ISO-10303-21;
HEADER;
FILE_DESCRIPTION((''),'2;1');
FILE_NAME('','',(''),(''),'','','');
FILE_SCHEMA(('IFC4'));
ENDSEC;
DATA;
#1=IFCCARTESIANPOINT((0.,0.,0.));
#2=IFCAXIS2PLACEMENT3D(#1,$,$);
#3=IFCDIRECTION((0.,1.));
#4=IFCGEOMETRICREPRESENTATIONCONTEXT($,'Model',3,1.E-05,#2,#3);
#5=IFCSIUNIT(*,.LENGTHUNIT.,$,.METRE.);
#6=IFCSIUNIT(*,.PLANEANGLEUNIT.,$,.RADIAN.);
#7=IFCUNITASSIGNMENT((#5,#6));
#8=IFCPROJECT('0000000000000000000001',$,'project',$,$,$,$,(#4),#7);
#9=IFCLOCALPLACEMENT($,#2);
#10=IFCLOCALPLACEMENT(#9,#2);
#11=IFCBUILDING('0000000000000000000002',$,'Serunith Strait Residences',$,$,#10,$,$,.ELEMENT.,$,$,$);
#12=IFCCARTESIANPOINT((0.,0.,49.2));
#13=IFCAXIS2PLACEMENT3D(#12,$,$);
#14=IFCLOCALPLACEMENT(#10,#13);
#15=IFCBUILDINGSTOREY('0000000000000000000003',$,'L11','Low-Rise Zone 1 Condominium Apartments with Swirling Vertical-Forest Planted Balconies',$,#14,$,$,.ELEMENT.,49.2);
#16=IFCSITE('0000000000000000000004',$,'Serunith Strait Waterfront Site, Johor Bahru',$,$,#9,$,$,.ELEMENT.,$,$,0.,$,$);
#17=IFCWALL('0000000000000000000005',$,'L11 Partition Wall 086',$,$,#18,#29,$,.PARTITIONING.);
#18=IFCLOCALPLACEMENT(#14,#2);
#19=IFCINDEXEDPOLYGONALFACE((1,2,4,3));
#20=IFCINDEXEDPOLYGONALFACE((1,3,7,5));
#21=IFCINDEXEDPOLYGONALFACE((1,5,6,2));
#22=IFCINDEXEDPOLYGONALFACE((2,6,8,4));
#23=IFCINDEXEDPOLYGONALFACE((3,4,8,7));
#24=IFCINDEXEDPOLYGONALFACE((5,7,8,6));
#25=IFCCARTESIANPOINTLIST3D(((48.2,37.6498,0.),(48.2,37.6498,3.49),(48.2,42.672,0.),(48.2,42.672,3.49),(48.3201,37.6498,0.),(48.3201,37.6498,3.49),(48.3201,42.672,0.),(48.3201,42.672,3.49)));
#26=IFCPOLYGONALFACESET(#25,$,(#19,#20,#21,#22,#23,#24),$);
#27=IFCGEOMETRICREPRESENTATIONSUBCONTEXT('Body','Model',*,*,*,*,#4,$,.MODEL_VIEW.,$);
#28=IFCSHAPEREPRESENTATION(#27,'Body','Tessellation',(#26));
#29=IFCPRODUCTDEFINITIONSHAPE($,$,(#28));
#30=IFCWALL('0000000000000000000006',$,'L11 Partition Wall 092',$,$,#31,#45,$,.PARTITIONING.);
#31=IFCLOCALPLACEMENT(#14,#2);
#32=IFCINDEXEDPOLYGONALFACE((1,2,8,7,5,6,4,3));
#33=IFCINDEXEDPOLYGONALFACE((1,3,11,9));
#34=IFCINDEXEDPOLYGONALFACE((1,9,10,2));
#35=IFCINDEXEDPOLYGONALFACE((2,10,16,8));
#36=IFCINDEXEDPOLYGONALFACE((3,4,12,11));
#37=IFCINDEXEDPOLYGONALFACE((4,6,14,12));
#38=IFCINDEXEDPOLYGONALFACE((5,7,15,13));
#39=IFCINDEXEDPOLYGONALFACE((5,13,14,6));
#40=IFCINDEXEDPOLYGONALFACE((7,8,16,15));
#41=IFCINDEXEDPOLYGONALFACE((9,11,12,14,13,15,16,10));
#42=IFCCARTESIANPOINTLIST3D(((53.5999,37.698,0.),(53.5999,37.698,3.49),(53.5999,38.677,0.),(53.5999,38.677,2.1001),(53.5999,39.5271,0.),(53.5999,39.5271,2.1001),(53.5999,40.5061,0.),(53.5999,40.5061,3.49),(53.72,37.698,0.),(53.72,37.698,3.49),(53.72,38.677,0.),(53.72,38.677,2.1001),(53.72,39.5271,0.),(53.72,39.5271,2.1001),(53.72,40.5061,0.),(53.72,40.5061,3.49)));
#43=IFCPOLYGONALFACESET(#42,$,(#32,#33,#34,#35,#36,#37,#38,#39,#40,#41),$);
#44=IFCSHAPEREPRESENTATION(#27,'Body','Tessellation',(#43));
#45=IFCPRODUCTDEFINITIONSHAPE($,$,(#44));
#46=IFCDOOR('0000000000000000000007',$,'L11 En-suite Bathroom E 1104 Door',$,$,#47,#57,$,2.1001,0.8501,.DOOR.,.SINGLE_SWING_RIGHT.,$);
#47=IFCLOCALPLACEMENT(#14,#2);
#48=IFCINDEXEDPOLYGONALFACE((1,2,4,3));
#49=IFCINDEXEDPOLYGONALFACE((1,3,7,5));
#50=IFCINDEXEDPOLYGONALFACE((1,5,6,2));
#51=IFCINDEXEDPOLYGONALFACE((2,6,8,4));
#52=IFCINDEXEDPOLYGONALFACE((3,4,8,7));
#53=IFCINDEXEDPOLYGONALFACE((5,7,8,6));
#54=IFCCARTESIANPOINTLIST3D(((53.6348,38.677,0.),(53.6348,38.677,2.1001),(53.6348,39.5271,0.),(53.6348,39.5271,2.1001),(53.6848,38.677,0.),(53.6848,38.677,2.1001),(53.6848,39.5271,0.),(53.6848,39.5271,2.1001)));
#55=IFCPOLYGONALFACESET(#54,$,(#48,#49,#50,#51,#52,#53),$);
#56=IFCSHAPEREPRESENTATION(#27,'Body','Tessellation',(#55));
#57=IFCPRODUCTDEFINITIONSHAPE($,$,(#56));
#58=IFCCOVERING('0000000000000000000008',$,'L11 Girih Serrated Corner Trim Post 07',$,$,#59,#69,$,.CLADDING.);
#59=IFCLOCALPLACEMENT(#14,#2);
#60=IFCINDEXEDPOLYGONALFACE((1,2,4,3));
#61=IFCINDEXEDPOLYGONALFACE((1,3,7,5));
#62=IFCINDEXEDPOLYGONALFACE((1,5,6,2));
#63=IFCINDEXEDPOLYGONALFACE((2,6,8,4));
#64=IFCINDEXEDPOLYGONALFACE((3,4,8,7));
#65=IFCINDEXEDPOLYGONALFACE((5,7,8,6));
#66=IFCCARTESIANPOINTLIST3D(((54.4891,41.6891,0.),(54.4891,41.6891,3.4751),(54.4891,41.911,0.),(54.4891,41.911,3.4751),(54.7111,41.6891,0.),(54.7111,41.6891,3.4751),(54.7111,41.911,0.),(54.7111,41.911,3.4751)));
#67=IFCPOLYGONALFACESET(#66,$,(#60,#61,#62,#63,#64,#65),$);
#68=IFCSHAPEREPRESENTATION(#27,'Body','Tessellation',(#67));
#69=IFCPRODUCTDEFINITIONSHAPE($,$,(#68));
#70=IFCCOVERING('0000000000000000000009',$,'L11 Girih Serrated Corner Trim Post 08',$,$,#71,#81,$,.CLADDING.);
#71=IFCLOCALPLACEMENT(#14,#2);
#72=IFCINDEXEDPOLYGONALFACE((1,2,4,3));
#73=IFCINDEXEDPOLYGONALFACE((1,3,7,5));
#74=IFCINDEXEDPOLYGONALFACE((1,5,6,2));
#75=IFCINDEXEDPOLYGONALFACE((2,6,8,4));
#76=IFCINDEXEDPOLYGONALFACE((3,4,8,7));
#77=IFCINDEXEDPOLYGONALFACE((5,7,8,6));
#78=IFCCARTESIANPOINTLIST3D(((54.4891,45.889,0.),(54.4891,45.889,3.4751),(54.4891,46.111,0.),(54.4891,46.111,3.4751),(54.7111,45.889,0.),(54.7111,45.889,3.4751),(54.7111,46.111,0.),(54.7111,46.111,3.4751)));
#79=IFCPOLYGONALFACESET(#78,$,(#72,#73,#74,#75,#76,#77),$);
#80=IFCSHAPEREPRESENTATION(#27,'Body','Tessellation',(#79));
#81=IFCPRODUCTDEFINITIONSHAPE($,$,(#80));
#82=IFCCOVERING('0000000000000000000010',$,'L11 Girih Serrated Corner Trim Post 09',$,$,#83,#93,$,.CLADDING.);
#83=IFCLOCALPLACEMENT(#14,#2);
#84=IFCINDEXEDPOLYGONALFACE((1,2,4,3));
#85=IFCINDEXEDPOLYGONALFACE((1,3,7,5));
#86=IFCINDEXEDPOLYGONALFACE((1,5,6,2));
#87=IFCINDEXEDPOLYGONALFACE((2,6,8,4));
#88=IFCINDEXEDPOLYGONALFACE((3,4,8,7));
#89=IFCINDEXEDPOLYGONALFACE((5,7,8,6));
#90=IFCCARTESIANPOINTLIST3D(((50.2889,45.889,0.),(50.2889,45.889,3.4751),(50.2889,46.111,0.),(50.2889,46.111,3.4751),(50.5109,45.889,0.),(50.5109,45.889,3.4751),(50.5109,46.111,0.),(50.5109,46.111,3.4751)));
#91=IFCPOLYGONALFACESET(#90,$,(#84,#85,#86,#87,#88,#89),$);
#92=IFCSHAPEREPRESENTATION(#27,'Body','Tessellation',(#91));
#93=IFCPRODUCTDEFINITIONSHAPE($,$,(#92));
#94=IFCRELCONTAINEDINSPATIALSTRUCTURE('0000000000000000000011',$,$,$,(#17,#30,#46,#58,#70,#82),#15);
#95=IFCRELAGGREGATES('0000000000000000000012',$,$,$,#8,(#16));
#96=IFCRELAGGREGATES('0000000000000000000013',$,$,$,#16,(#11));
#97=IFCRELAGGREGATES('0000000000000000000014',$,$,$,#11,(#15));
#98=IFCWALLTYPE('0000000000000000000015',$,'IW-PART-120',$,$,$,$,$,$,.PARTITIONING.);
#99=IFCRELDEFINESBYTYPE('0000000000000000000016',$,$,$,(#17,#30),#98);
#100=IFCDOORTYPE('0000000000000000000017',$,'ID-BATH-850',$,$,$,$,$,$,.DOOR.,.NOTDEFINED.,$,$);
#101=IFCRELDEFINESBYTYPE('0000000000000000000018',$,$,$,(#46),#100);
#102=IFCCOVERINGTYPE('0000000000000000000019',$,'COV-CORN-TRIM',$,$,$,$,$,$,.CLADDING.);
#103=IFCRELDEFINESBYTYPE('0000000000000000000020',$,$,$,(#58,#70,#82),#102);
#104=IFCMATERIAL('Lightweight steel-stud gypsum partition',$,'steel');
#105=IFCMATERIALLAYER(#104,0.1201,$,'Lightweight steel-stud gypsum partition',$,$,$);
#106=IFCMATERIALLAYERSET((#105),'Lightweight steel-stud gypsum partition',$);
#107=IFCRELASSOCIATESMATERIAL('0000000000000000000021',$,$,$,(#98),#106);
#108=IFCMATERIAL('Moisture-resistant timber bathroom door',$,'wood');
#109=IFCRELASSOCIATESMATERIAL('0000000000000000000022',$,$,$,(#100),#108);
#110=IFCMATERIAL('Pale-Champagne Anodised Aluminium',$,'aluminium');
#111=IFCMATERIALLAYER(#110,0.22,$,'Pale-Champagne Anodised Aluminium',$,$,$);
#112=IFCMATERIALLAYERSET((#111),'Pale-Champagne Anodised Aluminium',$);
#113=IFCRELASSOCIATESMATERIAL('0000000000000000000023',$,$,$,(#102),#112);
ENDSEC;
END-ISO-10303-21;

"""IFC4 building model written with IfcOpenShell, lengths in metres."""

from ifc_helpers import new_model, si_unit, direction, frame, frame_2d, origin, origin_2d, place, context, subcontext, project, spatial, rectangle, extrude, source, transform, mapped, material, layer, layer_set, type_object, element, fill, save


model = new_model("IFC4")

# Units and contexts
model_context = context("Model", 3, precision=1e-05, world=origin(), true_north=direction((0.0, 1.0)))
body_context = subcontext(model_context, "Body", "Model", "MODEL_VIEW")
ifc_project = project(units=[si_unit("LENGTHUNIT", "METRE"), si_unit("PLANEANGLEUNIT", "RADIAN")], contexts=[model_context])

# Site, building, storey
site_placement = place(None, origin())
site = spatial("IfcSite", under=ifc_project, at=site_placement, Name="Serunith Strait Waterfront Site, Johor Bahru", CompositionType="ELEMENT", RefElevation=0.0)
building_placement = place(site_placement, origin())
building = spatial("IfcBuilding", under=site, at=building_placement, Name="Serunith Strait Residences", CompositionType="ELEMENT")
storey_placement = place(building_placement, frame((0.0, 0.0, 49.2)))
storey = spatial("IfcBuildingStorey", under=building, at=storey_placement, Name="L11", Description="Low-Rise Zone 1 Condominium Apartments with Swirling Vertical-Forest Planted Balconies", CompositionType="ELEMENT", Elevation=49.2)

# Shared definitions
ifc_material_1 = material(Name="Pale-Champagne Anodised Aluminium", Category="aluminium")

# Shared definitions
ifc_material_2 = material(Name="Lightweight steel-stud gypsum partition", Category="steel")
ifc_layer_1 = layer(ifc_material_2, 0.1201, Name="Lightweight steel-stud gypsum partition")
ifc_layer_set_1 = layer_set([ifc_layer_1], Name="Lightweight steel-stud gypsum partition")
wall_type_1 = type_object("IfcWallType", Name="IW-PART-120", PredefinedType="PARTITIONING", material=ifc_layer_set_1)

# Wall
wall_1_placement = place(storey_placement, frame((48.26, 42.6721, 0.0), z_axis=(0.0, 0.0, 1.0), x_axis=(0.0, -1.0, 0.0)))
element("IfcWall", 1, at=wall_1_placement, inside=storey, type_object=wall_type_1, Name="L11 Partition Wall 086", PredefinedType="PARTITIONING", context=body_context, shape_type="SweptSolid", body=[
    extrude(rectangle(XDim=5.0222, YDim=0.1201, at=frame_2d((2.5112, 0.0))), origin(), (0.0, 0.0, 1.0), 3.49),
])

# Wall, opening, door
wall_2_placement = place(storey_placement, frame((53.6599, 40.5061, 0.0), z_axis=(0.0, 0.0, 1.0), x_axis=(0.0, -1.0, 0.0)))
wall_2 = element("IfcWall", 2, at=wall_2_placement, inside=storey, type_object=wall_type_1, Name="L11 Partition Wall 092", PredefinedType="PARTITIONING", context=body_context, shape_type="SweptSolid", body=[
    extrude(rectangle(XDim=2.8081, YDim=0.1201, at=frame_2d((1.4041, 0.0))), origin(), (0.0, 0.0, 1.0), 3.49),
])
opening_1_placement = place(wall_2_placement, frame((0.979, 0.0, 0.0)))
opening_1 = element("IfcOpeningElement", 3, at=opening_1_placement, cuts=wall_2, PredefinedType="OPENING", context=body_context, shape_type="SweptSolid", body=[
    extrude(rectangle(XDim=0.8501, YDim=2.1001, at=frame_2d((0.425, 1.05))), frame((0.0, 0.0701, 0.0), z_axis=(0.0, -1.0, 0.0), x_axis=(1.0, 0.0, 0.0)), (0.0, 0.0, 1.0), 0.1401),
])
ifc_material_3 = material(Name="Moisture-resistant timber bathroom door", Category="wood")
door_type_1 = type_object("IfcDoorType", Name="ID-BATH-850", OperationType="NOTDEFINED", PredefinedType="DOOR", material=ifc_material_3)
shared_shape_1 = source(origin(), body_context, "Body", "SweptSolid", [
    extrude(rectangle(XDim=0.8501, YDim=2.1001, at=frame_2d((0.425, 1.05))), frame((0.0, 0.0249, 0.0), z_axis=(0.0, -1.0, 0.0), x_axis=(1.0, 0.0, 0.0)), (0.0, 0.0, 1.0), 0.05),
])
door_1_placement = place(opening_1_placement, origin())
door_1 = element("IfcDoor", 4, at=door_1_placement, inside=storey, type_object=door_type_1, Name="L11 En-suite Bathroom E 1104 Door", OperationType="SINGLE_SWING_RIGHT", OverallHeight=2.1001, OverallWidth=0.8501, PredefinedType="DOOR", context=body_context, shape_type="MappedRepresentation", body=[
    mapped(shared_shape_1, transform((0.0, 0.0, 0.0), scale=1.0)),
])
fill(opening_1, door_1)

# Coverings
ifc_layer_2 = layer(ifc_material_1, 0.22, Name="Pale-Champagne Anodised Aluminium")
ifc_layer_set_2 = layer_set([ifc_layer_2], Name="Pale-Champagne Anodised Aluminium")
covering_type = type_object("IfcCoveringType", Name="COV-CORN-TRIM", PredefinedType="CLADDING", material=ifc_layer_set_2)
shared_shape_2 = source(origin(), body_context, "Body", "SweptSolid", [
    extrude(rectangle(XDim=0.2219, YDim=0.2219, at=origin_2d()), origin(), (0.0, 0.0, 1.0), 3.4751),
])
for number, where, z_axis, x_axis, name in (
    (5, (54.6001, 41.8, 0.0), (0.0, 0.0, 1.0), (1.0, 0.0, 0.0), "L11 Girih Serrated Corner Trim Post 07"),
    (6, (54.6001, 46.0, 0.0), (0.0, 0.0, 1.0), (1.0, 0.0, 0.0), "L11 Girih Serrated Corner Trim Post 08"),
    (7, (50.3999, 46.0, 0.0), (0.0, 0.0, 1.0), (1.0, 0.0, 0.0), "L11 Girih Serrated Corner Trim Post 09"),
):
    element("IfcCovering", number, at=place(storey_placement, frame(where, z_axis=z_axis, x_axis=x_axis)), inside=storey, type_object=covering_type, Name=name, PredefinedType="CLADDING", context=body_context, shape_type="MappedRepresentation", body=[
        mapped(shared_shape_2, transform((0.0, 0.0, 0.0), scale=1.0)),
    ])

save(model, "model.ifc")
